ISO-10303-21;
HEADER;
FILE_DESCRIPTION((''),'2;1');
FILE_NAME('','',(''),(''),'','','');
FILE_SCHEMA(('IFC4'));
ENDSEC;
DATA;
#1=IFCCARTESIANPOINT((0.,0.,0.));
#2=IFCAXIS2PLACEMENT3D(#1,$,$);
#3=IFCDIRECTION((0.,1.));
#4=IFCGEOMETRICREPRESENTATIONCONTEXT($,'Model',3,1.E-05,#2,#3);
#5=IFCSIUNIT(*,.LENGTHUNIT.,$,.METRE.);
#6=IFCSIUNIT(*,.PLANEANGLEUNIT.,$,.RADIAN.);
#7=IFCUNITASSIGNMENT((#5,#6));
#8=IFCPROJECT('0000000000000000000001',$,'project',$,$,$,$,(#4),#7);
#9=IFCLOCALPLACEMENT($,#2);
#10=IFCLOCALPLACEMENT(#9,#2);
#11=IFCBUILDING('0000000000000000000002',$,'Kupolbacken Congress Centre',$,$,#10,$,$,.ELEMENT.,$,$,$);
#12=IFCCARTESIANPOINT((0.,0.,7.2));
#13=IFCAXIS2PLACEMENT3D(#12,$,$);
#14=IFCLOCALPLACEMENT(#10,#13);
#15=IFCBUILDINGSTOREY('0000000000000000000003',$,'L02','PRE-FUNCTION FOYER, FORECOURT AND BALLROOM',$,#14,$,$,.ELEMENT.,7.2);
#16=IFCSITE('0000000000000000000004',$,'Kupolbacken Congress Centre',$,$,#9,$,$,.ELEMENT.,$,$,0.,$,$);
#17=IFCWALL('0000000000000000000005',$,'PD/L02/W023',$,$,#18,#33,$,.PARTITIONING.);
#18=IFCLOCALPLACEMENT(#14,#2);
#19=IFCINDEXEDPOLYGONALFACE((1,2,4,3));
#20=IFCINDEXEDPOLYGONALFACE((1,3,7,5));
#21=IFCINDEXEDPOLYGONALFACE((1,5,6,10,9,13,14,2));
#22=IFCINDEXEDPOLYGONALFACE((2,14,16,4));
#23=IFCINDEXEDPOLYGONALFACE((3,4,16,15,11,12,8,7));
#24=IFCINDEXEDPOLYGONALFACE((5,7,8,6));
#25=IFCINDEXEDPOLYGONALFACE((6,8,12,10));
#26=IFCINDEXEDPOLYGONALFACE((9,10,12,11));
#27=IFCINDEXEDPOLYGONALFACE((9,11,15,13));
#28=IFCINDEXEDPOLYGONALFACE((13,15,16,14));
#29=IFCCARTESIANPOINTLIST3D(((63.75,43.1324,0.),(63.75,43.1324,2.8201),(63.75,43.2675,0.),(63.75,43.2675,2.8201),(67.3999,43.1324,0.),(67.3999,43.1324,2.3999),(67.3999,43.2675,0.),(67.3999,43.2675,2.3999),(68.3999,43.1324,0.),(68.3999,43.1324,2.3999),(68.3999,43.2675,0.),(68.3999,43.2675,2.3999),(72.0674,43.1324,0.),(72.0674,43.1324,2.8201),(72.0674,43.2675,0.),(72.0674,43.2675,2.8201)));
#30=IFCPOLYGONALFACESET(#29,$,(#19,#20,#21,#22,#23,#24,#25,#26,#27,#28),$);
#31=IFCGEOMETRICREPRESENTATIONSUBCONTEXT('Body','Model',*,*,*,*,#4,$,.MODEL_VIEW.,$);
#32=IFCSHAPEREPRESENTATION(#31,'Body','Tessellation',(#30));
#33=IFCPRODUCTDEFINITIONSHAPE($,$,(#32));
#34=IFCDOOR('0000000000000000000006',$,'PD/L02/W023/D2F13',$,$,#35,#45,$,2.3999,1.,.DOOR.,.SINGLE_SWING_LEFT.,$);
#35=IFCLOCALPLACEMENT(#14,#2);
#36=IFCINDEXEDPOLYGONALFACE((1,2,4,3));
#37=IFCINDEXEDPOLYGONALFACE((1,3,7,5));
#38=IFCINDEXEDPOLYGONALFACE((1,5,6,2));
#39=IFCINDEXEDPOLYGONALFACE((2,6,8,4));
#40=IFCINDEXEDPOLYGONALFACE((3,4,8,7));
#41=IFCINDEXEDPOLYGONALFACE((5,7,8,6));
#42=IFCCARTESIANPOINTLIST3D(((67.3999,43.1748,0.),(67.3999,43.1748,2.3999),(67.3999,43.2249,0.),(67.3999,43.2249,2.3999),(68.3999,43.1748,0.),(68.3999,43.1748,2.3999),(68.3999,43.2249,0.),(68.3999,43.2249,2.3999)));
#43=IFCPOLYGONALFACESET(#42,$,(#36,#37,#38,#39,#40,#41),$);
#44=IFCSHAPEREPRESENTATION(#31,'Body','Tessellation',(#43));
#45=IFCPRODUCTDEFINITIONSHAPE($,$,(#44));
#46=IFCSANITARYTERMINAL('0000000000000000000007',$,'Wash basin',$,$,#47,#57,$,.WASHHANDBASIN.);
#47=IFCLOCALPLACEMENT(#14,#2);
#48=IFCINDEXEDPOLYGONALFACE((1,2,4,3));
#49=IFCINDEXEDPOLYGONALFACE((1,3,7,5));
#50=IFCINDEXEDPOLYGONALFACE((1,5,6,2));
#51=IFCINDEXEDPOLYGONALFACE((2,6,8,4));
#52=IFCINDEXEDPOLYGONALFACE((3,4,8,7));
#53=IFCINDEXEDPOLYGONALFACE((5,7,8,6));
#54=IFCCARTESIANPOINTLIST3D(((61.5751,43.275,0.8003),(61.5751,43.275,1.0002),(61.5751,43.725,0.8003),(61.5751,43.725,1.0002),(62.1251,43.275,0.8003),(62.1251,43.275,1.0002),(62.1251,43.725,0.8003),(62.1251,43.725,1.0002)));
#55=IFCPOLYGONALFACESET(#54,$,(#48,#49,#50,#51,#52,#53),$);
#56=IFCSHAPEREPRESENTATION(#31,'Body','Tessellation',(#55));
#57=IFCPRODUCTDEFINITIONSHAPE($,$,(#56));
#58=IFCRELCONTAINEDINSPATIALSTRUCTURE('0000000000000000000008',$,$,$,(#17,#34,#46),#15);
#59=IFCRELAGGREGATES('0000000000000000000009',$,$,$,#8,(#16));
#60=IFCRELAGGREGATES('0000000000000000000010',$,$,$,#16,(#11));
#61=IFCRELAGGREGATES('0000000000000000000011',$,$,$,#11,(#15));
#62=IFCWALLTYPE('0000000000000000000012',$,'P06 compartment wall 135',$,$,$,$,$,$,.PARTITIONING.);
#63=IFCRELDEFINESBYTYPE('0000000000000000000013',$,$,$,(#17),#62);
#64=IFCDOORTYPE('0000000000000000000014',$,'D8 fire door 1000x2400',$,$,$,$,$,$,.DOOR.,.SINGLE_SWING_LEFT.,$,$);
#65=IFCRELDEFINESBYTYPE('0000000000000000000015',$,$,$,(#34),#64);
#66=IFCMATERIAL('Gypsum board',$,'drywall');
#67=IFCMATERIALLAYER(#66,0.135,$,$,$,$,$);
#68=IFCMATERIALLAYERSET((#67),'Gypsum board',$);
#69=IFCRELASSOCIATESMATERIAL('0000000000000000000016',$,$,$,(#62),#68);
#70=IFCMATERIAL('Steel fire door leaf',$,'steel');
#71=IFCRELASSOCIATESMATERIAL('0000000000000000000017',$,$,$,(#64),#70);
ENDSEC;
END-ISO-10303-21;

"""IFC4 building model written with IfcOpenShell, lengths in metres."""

from ifc_helpers import new_model, si_unit, direction, frame, frame_2d, origin, origin_2d, place, context, subcontext, project, spatial, rectangle, extrude, material, layer, layer_set, type_object, element, fill, save


model = new_model("IFC4")

# Units and contexts
model_context = context("Model", 3, precision=1e-05, world=origin(), true_north=direction((0.0, 1.0)))
body_context = subcontext(model_context, "Body", "Model", "MODEL_VIEW")
ifc_project = project(units=[si_unit("LENGTHUNIT", "METRE"), si_unit("PLANEANGLEUNIT", "RADIAN")], contexts=[model_context])

# Site, building, storey
site_placement = place(None, origin())
site = spatial("IfcSite", under=ifc_project, at=site_placement, Name="Kupolbacken Congress Centre", CompositionType="ELEMENT", RefElevation=0.0)
building_placement = place(site_placement, origin())
building = spatial("IfcBuilding", under=site, at=building_placement, Name="Kupolbacken Congress Centre", CompositionType="ELEMENT")
storey_placement = place(building_placement, frame((0.0, 0.0, 7.2)))
storey = spatial("IfcBuildingStorey", under=building, at=storey_placement, Name="L02", Description="PRE-FUNCTION FOYER, FORECOURT AND BALLROOM", CompositionType="ELEMENT", Elevation=7.2)

# Wall, opening, door
ifc_material_1 = material(Name="Gypsum board", Category="drywall")
ifc_layer_1 = layer(ifc_material_1, 0.135)
ifc_layer_set_1 = layer_set([ifc_layer_1], Name="Gypsum board")
wall_type_1 = type_object("IfcWallType", Name="P06 compartment wall 135", PredefinedType="PARTITIONING", material=ifc_layer_set_1)
wall_1_placement = place(storey_placement, frame((63.75, 43.2, 0.0), z_axis=(0.0, 0.0, 1.0), x_axis=(1.0, 0.0, 0.0)))
wall_1 = element("IfcWall", 1, at=wall_1_placement, inside=storey, type_object=wall_type_1, Name="PD/L02/W023", PredefinedType="PARTITIONING", context=body_context, shape_type="SweptSolid", body=[
    extrude(rectangle(XDim=8.3174, YDim=0.135, at=frame_2d((4.1587, 0.0))), origin(), (0.0, 0.0, 1.0), 2.8201),
])
opening_1_placement = place(wall_1_placement, frame((3.6499, 0.0, 0.0)))
opening_1 = element("IfcOpeningElement", 2, at=opening_1_placement, cuts=wall_1, PredefinedType="OPENING", context=body_context, shape_type="SweptSolid", body=[
    extrude(rectangle(XDim=1.0, YDim=2.3999, at=frame_2d((0.5, 1.2))), frame((0.0, 0.0774, 0.0), z_axis=(0.0, -1.0, 0.0), x_axis=(1.0, 0.0, 0.0)), (0.0, 0.0, 1.0), 0.155),
])
ifc_material_2 = material(Name="Steel fire door leaf", Category="steel")
door_type_1 = type_object("IfcDoorType", Name="D8 fire door 1000x2400", OperationType="SINGLE_SWING_LEFT", PredefinedType="DOOR", material=ifc_material_2)
door_1_placement = place(opening_1_placement, origin())
door_1 = element("IfcDoor", 3, at=door_1_placement, inside=storey, type_object=door_type_1, Name="PD/L02/W023/D2F13", OperationType="SINGLE_SWING_LEFT", OverallHeight=2.3999, OverallWidth=1.0, PredefinedType="DOOR", context=body_context, shape_type="SweptSolid", body=[
    extrude(rectangle(XDim=1.0, YDim=2.3999, at=frame_2d((0.5, 1.2))), frame((0.0, 0.0249, 0.0), z_axis=(0.0, -1.0, 0.0), x_axis=(1.0, 0.0, 0.0)), (0.0, 0.0, 1.0), 0.05),
])
fill(opening_1, door_1)

# Sanitary terminal
sanitary_terminal_placement = place(storey_placement, frame((61.8501, 43.5, 0.8003), z_axis=(0.0, 0.0, 1.0), x_axis=(1.0, 0.0, 0.0)))
element("IfcSanitaryTerminal", 4, at=sanitary_terminal_placement, inside=storey, Name="Wash basin", PredefinedType="WASHHANDBASIN", context=body_context, shape_type="SweptSolid", body=[
    extrude(rectangle(XDim=0.55, YDim=0.45, at=origin_2d()), origin(), (0.0, 0.0, 1.0), 0.2),
])

save(model, "model.ifc")
